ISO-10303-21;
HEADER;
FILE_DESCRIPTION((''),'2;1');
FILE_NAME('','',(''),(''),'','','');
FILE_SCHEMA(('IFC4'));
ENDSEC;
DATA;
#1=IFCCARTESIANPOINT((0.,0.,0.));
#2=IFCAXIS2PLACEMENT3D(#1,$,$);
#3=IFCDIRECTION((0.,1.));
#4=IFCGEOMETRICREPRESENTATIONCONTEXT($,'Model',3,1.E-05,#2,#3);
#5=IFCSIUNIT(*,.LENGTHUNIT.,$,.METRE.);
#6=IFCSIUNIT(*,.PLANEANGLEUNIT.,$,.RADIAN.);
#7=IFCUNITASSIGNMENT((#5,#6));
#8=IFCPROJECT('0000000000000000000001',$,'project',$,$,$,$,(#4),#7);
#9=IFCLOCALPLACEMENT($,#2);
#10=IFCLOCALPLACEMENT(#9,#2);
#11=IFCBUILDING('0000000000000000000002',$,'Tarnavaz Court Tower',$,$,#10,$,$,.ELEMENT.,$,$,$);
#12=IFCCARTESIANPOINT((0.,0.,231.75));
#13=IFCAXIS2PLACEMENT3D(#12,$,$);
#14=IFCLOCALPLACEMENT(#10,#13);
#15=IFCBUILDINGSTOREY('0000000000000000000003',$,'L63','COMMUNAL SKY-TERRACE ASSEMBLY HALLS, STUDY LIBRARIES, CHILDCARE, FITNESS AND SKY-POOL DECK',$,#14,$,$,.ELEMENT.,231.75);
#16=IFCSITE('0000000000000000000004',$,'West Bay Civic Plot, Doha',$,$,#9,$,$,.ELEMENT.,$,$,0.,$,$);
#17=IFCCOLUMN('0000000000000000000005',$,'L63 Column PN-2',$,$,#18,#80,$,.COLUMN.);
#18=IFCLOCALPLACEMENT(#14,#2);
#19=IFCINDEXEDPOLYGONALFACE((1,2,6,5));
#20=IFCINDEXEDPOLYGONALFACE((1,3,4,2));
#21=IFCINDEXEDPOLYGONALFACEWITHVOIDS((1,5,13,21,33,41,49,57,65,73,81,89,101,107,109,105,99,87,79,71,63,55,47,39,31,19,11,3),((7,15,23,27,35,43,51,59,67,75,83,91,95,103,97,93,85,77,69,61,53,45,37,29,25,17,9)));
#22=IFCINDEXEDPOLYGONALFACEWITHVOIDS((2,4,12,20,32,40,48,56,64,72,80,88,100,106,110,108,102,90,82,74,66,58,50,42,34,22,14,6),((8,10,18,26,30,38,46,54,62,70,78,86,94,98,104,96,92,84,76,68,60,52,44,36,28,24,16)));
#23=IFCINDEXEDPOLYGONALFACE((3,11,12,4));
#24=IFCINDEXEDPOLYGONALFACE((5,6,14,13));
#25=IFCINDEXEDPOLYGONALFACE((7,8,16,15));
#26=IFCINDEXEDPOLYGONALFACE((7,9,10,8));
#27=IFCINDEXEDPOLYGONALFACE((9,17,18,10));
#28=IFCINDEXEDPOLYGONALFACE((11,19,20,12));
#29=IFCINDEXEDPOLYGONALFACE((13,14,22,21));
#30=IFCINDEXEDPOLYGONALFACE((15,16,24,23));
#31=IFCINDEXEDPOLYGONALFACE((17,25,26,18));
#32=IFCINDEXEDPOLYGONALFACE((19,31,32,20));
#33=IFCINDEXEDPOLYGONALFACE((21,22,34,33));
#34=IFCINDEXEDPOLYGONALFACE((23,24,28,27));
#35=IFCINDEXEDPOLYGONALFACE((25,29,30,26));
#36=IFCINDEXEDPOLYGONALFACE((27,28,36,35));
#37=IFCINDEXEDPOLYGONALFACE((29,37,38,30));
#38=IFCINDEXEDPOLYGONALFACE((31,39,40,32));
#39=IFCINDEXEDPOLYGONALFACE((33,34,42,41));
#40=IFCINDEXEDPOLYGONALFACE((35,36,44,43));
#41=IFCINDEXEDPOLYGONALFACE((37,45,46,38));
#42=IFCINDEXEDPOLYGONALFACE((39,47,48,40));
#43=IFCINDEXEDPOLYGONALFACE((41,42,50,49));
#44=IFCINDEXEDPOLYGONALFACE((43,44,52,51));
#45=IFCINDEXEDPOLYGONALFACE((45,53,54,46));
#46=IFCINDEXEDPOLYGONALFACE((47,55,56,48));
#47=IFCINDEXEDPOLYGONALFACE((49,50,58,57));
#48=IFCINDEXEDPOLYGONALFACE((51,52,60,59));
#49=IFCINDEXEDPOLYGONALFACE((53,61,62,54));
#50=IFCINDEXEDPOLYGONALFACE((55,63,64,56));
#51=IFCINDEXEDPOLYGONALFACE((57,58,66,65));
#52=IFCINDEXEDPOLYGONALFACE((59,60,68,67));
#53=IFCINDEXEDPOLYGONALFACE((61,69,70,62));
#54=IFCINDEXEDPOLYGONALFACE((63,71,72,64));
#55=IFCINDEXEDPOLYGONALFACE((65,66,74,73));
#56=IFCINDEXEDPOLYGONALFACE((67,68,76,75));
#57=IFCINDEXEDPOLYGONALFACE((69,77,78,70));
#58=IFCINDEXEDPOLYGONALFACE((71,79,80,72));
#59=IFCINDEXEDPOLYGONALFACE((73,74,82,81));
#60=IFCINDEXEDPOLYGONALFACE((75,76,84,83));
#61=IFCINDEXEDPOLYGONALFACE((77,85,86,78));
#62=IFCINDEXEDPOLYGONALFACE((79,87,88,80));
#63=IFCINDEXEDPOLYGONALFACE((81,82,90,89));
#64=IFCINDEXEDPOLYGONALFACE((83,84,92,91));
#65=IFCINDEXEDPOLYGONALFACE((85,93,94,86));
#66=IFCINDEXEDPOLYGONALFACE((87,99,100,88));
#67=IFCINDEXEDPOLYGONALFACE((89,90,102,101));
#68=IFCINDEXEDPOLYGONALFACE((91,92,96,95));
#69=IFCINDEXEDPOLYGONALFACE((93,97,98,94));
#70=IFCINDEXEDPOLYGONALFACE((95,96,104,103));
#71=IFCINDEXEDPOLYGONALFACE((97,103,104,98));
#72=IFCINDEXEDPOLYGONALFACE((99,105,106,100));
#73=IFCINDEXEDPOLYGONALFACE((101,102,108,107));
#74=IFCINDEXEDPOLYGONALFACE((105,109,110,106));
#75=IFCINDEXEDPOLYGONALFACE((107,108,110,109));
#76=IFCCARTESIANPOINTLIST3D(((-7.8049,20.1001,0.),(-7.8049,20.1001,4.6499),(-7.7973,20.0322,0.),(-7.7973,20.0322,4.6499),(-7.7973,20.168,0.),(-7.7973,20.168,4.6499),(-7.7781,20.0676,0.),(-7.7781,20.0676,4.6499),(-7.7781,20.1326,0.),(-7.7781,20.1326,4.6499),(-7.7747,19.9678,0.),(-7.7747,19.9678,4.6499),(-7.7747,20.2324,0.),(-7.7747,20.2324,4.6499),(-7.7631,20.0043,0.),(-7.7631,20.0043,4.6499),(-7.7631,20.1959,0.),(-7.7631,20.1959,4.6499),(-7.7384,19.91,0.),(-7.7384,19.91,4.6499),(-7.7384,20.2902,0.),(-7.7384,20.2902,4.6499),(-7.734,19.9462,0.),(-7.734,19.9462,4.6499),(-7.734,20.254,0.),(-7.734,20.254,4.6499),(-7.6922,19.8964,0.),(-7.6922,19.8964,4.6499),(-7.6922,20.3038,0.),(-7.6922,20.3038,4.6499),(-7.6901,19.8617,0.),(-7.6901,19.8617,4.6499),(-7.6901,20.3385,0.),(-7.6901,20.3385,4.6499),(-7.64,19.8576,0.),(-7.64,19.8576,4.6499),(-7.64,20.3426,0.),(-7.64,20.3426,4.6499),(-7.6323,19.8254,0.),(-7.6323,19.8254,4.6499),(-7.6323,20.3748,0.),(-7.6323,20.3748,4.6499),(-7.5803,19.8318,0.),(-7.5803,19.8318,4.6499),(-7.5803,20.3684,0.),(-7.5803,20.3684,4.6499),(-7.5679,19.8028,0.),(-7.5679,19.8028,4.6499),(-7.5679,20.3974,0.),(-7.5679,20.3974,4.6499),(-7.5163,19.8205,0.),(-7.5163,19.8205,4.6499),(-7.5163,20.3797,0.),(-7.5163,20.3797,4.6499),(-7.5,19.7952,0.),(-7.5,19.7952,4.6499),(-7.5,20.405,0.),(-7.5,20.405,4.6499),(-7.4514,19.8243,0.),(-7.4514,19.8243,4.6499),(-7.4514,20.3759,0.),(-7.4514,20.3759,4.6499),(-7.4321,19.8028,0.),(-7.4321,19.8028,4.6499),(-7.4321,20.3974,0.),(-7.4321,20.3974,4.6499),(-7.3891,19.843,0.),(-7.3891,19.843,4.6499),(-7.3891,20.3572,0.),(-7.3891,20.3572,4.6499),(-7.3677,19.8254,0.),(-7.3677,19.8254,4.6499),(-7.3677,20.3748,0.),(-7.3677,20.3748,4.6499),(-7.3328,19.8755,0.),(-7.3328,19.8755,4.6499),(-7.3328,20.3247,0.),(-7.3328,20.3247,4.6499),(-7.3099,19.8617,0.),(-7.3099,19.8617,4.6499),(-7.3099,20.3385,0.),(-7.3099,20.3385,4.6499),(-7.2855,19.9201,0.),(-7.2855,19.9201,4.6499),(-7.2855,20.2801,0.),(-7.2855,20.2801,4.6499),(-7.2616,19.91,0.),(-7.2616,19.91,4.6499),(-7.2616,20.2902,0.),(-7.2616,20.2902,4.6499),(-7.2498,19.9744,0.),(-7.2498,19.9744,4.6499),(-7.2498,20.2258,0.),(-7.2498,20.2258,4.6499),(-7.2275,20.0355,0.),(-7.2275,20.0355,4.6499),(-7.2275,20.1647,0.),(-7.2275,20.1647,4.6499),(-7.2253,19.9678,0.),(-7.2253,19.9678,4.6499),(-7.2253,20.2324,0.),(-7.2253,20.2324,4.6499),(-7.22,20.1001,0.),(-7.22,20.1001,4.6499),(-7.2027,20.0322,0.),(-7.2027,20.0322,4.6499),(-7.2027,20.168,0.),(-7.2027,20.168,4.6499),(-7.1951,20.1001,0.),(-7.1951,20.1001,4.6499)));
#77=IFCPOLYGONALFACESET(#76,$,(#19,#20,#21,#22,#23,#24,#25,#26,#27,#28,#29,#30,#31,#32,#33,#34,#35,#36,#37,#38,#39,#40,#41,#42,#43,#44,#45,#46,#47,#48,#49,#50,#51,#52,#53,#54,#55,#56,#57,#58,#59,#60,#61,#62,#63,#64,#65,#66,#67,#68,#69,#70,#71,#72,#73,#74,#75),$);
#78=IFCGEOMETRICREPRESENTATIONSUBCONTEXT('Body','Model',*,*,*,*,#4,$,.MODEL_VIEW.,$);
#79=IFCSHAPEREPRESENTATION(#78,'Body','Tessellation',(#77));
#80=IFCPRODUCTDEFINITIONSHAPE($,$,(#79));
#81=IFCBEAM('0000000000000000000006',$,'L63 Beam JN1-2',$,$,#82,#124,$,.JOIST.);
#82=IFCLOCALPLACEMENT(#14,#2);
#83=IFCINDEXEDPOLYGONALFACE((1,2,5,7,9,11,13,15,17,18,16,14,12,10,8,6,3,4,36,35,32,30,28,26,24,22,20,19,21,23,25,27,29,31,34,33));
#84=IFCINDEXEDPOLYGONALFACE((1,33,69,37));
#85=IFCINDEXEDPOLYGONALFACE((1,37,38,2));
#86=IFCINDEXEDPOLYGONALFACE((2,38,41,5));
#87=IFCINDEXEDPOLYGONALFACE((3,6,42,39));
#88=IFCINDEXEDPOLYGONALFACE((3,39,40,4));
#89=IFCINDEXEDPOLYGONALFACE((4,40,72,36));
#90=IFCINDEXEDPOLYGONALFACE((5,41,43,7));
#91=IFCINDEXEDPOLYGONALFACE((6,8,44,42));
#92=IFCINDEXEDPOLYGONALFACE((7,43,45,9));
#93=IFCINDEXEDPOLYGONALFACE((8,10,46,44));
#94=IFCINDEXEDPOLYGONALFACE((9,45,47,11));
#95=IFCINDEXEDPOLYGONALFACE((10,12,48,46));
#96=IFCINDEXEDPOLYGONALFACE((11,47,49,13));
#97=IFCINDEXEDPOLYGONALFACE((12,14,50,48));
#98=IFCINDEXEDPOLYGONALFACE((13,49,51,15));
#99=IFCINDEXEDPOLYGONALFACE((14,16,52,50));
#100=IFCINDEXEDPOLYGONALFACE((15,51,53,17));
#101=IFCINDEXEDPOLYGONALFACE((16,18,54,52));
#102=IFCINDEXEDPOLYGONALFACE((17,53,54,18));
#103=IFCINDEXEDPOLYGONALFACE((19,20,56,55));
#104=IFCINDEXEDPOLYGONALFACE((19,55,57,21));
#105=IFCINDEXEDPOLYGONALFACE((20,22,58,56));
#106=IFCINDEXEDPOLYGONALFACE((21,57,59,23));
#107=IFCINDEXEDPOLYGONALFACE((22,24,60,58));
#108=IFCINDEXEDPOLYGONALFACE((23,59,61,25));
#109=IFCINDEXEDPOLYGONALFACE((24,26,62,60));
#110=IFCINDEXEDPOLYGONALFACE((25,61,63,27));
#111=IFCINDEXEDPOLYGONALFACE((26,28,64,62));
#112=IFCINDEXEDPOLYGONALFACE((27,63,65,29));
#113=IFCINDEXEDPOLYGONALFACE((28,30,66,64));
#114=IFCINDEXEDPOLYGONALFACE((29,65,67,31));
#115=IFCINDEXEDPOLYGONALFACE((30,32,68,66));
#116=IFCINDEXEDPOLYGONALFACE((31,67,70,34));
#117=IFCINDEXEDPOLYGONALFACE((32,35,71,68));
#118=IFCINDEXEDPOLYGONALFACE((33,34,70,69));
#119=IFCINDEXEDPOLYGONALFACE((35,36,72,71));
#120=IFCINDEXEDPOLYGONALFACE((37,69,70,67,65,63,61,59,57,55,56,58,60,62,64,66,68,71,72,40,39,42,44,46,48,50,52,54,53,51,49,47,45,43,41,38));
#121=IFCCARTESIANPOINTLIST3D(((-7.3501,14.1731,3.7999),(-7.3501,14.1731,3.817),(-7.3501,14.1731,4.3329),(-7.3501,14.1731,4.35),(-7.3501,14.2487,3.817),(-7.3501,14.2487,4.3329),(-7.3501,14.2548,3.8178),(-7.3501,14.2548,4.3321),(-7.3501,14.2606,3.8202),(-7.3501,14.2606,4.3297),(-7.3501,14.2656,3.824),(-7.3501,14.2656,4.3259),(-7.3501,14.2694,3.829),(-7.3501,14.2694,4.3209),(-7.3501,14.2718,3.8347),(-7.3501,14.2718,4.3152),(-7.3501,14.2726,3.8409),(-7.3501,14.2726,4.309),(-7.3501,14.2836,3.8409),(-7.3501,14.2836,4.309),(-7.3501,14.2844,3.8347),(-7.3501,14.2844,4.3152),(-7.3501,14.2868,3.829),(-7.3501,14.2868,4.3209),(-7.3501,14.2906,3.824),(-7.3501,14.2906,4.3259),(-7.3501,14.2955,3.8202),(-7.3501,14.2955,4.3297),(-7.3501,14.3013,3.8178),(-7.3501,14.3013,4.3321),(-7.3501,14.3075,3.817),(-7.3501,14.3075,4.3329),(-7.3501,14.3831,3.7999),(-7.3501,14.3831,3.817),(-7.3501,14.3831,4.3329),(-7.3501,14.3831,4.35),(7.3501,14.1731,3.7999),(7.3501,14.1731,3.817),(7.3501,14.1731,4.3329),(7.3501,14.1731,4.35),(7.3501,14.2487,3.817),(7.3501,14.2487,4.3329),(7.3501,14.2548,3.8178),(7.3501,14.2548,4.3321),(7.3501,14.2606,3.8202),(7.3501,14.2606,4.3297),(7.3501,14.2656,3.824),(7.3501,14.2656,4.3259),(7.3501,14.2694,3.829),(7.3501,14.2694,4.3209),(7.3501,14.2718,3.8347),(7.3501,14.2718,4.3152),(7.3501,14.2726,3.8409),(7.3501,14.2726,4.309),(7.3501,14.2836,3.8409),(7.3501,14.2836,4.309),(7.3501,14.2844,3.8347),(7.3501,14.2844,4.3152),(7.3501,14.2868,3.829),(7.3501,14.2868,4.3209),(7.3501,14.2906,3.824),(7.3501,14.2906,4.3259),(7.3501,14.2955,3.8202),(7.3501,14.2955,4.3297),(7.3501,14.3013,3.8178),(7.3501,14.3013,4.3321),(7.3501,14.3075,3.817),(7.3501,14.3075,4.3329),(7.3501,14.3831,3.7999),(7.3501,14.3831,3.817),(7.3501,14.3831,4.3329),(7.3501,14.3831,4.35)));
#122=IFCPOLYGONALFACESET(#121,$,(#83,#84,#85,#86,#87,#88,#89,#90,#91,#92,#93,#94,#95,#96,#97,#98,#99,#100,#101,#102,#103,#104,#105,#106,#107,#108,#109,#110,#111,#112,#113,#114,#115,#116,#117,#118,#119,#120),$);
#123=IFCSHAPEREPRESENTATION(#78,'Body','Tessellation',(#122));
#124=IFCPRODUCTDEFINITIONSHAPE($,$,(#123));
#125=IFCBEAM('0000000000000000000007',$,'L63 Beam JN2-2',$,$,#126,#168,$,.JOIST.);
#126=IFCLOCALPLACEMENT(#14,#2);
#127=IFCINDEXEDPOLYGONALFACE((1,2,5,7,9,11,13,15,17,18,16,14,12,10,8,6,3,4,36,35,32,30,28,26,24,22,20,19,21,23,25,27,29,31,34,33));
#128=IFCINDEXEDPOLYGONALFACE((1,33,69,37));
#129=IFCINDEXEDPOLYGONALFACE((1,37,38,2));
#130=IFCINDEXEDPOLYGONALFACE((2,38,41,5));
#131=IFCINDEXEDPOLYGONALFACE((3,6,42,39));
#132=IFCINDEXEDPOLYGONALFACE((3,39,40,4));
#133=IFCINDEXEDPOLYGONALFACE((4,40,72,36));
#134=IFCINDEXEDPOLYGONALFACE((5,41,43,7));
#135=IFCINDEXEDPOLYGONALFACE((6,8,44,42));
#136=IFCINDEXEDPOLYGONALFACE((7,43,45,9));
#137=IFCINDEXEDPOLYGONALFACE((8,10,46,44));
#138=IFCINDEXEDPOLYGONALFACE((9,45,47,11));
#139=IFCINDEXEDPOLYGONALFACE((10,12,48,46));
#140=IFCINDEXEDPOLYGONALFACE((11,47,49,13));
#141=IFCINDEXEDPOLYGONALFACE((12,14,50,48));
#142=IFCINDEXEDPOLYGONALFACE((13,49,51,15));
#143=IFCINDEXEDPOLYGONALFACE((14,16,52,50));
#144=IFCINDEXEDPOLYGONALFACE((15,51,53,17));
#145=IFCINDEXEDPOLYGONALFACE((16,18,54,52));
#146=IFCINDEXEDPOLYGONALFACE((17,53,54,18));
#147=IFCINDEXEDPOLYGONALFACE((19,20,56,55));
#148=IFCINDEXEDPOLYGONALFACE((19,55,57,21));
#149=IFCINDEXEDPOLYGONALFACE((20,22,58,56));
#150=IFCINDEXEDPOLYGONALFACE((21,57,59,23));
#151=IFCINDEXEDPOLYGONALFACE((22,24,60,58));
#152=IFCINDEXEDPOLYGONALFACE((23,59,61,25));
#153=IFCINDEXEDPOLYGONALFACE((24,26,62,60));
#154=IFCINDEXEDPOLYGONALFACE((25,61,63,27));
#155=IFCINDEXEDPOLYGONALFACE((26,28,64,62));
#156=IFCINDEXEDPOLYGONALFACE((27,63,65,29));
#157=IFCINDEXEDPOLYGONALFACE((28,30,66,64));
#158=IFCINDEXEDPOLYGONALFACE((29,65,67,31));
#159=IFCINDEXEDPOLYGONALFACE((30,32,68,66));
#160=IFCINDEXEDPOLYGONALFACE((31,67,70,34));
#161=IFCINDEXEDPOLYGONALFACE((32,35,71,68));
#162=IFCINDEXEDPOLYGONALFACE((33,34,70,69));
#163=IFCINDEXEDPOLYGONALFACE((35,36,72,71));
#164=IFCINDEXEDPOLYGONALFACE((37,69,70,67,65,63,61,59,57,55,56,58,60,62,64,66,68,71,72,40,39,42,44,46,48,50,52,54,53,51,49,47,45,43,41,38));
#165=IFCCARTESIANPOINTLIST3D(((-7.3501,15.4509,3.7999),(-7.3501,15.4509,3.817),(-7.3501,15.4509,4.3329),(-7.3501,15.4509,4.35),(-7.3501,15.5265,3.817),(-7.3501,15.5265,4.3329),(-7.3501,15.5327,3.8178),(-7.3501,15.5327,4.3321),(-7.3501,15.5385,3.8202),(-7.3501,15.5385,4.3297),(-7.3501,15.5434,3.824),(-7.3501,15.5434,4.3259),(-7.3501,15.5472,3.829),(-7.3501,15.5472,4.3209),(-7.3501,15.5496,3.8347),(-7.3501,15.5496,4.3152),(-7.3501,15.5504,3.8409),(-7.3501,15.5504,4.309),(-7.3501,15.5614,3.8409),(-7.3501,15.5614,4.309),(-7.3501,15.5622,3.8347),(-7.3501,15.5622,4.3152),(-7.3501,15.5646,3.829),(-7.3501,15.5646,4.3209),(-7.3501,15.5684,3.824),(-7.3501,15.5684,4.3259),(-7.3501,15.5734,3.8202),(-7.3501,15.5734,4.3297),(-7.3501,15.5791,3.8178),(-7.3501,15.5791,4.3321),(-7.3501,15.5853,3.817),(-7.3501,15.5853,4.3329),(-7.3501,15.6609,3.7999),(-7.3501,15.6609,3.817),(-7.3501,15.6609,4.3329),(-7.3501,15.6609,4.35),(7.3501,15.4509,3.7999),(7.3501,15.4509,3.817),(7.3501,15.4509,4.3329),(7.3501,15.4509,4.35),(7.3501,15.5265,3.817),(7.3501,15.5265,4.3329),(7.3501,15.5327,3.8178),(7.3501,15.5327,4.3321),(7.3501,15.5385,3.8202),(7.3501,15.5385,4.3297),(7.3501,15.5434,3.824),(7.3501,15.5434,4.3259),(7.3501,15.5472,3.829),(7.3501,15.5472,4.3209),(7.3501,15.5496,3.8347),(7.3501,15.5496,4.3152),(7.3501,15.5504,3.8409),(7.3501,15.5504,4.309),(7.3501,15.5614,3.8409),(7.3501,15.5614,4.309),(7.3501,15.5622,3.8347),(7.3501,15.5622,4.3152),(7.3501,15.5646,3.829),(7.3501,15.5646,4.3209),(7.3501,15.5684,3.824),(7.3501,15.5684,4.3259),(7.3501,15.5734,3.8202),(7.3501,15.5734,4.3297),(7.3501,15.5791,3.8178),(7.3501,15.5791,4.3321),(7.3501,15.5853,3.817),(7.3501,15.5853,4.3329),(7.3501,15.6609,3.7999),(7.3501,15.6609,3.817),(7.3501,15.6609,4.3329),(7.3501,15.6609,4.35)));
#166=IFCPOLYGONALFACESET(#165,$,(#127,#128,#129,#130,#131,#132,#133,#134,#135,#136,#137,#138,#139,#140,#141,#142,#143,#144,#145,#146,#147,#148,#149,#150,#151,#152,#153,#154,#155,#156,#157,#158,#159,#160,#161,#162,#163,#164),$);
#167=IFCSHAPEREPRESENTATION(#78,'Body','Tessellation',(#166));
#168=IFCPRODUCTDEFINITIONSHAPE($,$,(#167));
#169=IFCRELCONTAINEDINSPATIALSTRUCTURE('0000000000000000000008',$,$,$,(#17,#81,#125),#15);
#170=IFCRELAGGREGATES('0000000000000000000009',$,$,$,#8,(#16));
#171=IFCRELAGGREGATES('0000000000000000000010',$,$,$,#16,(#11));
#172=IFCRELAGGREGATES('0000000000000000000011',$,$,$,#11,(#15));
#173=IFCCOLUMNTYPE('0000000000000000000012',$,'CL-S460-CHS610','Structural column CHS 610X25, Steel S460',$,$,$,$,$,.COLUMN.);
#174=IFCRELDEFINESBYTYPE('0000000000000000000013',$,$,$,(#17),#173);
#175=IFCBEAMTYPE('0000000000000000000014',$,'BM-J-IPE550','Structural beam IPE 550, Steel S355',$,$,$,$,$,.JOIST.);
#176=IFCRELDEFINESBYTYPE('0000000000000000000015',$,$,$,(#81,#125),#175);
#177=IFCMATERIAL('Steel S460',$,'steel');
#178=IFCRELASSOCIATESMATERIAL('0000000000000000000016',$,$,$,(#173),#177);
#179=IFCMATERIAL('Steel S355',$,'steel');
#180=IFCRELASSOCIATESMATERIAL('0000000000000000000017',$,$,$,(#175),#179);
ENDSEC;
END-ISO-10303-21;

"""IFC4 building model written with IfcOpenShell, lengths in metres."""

from ifc_helpers import new_model, si_unit, direction, frame, origin, origin_2d, place, context, subcontext, project, spatial, hollow_circle, i_section, extrude, material, material_profile, profile_set, type_object, element, save


model = new_model("IFC4")

# Units and contexts
model_context = context("Model", 3, precision=1e-05, world=origin(), true_north=direction((0.0, 1.0)))
body_context = subcontext(model_context, "Body", "Model", "MODEL_VIEW")
ifc_project = project(units=[si_unit("LENGTHUNIT", "METRE"), si_unit("PLANEANGLEUNIT", "RADIAN")], contexts=[model_context])

# Site, building, storey
site_placement = place(None, origin())
site = spatial("IfcSite", under=ifc_project, at=site_placement, Name="West Bay Civic Plot, Doha", CompositionType="ELEMENT", RefElevation=0.0)
building_placement = place(site_placement, origin())
building = spatial("IfcBuilding", under=site, at=building_placement, Name="Tarnavaz Court Tower", CompositionType="ELEMENT")
storey_placement = place(building_placement, frame((0.0, 0.0, 231.75)))
storey = spatial("IfcBuildingStorey", under=building, at=storey_placement, Name="L63", Description="COMMUNAL SKY-TERRACE ASSEMBLY HALLS, STUDY LIBRARIES, CHILDCARE, FITNESS AND SKY-POOL DECK", CompositionType="ELEMENT", Elevation=231.75)

# Column
ifc_material_1 = material(Name="Steel S460", Category="steel")
ifc_material_profile_1 = material_profile(ifc_material_1, hollow_circle(Radius=0.3049, WallThickness=0.0249, at=origin_2d()), Name="CHS 610X25")
ifc_profile_set_1 = profile_set([ifc_material_profile_1], Name="Steel S460")
column_type = type_object("IfcColumnType", Name="CL-S460-CHS610", Description="Structural column CHS 610X25, Steel S460", PredefinedType="COLUMN", material=ifc_profile_set_1)
column_placement = place(storey_placement, frame((-7.5, 20.1001, 0.0), z_axis=(0.0, 0.0, 1.0), x_axis=(1.0, 0.0, 0.0)))
element("IfcColumn", 1, at=column_placement, inside=storey, type_object=column_type, Name="L63 Column PN-2", PredefinedType="COLUMN", context=body_context, shape_type="SweptSolid", body=[
    extrude(hollow_circle(Radius=0.3049, WallThickness=0.0249, at=origin_2d()), origin(), (0.0, 0.0, 1.0), 4.6499),
])

# Beams
ifc_material_2 = material(Name="Steel S355", Category="steel")
ifc_material_profile_2 = material_profile(ifc_material_2, i_section(OverallWidth=0.21, OverallDepth=0.55, WebThickness=0.011, FlangeThickness=0.0171, FilletRadius=0.0239, at=origin_2d()), Name="IPE 550")
ifc_profile_set_2 = profile_set([ifc_material_profile_2], Name="Steel S355")
beam_type_1 = type_object("IfcBeamType", Name="BM-J-IPE550", Description="Structural beam IPE 550, Steel S355", PredefinedType="JOIST", material=ifc_profile_set_2)
for number, where, z_axis, x_axis, name in (
    (2, (-7.3501, 14.2781, 4.075), (1.0, 0.0, 0.0), (0.0, 1.0, 0.0), "L63 Beam JN1-2"),
    (3, (-7.3501, 15.5559, 4.075), (1.0, 0.0, 0.0), (0.0, 1.0, 0.0), "L63 Beam JN2-2"),
):
    element("IfcBeam", number, at=place(storey_placement, frame(where, z_axis=z_axis, x_axis=x_axis)), inside=storey, type_object=beam_type_1, Name=name, PredefinedType="JOIST", context=body_context, shape_type="SweptSolid", body=[
        extrude(i_section(OverallWidth=0.21, OverallDepth=0.55, WebThickness=0.011, FlangeThickness=0.0171, FilletRadius=0.0239, at=origin_2d()), origin(), (0.0, 0.0, 1.0), 14.7002),
    ])

save(model, "model.ifc")
